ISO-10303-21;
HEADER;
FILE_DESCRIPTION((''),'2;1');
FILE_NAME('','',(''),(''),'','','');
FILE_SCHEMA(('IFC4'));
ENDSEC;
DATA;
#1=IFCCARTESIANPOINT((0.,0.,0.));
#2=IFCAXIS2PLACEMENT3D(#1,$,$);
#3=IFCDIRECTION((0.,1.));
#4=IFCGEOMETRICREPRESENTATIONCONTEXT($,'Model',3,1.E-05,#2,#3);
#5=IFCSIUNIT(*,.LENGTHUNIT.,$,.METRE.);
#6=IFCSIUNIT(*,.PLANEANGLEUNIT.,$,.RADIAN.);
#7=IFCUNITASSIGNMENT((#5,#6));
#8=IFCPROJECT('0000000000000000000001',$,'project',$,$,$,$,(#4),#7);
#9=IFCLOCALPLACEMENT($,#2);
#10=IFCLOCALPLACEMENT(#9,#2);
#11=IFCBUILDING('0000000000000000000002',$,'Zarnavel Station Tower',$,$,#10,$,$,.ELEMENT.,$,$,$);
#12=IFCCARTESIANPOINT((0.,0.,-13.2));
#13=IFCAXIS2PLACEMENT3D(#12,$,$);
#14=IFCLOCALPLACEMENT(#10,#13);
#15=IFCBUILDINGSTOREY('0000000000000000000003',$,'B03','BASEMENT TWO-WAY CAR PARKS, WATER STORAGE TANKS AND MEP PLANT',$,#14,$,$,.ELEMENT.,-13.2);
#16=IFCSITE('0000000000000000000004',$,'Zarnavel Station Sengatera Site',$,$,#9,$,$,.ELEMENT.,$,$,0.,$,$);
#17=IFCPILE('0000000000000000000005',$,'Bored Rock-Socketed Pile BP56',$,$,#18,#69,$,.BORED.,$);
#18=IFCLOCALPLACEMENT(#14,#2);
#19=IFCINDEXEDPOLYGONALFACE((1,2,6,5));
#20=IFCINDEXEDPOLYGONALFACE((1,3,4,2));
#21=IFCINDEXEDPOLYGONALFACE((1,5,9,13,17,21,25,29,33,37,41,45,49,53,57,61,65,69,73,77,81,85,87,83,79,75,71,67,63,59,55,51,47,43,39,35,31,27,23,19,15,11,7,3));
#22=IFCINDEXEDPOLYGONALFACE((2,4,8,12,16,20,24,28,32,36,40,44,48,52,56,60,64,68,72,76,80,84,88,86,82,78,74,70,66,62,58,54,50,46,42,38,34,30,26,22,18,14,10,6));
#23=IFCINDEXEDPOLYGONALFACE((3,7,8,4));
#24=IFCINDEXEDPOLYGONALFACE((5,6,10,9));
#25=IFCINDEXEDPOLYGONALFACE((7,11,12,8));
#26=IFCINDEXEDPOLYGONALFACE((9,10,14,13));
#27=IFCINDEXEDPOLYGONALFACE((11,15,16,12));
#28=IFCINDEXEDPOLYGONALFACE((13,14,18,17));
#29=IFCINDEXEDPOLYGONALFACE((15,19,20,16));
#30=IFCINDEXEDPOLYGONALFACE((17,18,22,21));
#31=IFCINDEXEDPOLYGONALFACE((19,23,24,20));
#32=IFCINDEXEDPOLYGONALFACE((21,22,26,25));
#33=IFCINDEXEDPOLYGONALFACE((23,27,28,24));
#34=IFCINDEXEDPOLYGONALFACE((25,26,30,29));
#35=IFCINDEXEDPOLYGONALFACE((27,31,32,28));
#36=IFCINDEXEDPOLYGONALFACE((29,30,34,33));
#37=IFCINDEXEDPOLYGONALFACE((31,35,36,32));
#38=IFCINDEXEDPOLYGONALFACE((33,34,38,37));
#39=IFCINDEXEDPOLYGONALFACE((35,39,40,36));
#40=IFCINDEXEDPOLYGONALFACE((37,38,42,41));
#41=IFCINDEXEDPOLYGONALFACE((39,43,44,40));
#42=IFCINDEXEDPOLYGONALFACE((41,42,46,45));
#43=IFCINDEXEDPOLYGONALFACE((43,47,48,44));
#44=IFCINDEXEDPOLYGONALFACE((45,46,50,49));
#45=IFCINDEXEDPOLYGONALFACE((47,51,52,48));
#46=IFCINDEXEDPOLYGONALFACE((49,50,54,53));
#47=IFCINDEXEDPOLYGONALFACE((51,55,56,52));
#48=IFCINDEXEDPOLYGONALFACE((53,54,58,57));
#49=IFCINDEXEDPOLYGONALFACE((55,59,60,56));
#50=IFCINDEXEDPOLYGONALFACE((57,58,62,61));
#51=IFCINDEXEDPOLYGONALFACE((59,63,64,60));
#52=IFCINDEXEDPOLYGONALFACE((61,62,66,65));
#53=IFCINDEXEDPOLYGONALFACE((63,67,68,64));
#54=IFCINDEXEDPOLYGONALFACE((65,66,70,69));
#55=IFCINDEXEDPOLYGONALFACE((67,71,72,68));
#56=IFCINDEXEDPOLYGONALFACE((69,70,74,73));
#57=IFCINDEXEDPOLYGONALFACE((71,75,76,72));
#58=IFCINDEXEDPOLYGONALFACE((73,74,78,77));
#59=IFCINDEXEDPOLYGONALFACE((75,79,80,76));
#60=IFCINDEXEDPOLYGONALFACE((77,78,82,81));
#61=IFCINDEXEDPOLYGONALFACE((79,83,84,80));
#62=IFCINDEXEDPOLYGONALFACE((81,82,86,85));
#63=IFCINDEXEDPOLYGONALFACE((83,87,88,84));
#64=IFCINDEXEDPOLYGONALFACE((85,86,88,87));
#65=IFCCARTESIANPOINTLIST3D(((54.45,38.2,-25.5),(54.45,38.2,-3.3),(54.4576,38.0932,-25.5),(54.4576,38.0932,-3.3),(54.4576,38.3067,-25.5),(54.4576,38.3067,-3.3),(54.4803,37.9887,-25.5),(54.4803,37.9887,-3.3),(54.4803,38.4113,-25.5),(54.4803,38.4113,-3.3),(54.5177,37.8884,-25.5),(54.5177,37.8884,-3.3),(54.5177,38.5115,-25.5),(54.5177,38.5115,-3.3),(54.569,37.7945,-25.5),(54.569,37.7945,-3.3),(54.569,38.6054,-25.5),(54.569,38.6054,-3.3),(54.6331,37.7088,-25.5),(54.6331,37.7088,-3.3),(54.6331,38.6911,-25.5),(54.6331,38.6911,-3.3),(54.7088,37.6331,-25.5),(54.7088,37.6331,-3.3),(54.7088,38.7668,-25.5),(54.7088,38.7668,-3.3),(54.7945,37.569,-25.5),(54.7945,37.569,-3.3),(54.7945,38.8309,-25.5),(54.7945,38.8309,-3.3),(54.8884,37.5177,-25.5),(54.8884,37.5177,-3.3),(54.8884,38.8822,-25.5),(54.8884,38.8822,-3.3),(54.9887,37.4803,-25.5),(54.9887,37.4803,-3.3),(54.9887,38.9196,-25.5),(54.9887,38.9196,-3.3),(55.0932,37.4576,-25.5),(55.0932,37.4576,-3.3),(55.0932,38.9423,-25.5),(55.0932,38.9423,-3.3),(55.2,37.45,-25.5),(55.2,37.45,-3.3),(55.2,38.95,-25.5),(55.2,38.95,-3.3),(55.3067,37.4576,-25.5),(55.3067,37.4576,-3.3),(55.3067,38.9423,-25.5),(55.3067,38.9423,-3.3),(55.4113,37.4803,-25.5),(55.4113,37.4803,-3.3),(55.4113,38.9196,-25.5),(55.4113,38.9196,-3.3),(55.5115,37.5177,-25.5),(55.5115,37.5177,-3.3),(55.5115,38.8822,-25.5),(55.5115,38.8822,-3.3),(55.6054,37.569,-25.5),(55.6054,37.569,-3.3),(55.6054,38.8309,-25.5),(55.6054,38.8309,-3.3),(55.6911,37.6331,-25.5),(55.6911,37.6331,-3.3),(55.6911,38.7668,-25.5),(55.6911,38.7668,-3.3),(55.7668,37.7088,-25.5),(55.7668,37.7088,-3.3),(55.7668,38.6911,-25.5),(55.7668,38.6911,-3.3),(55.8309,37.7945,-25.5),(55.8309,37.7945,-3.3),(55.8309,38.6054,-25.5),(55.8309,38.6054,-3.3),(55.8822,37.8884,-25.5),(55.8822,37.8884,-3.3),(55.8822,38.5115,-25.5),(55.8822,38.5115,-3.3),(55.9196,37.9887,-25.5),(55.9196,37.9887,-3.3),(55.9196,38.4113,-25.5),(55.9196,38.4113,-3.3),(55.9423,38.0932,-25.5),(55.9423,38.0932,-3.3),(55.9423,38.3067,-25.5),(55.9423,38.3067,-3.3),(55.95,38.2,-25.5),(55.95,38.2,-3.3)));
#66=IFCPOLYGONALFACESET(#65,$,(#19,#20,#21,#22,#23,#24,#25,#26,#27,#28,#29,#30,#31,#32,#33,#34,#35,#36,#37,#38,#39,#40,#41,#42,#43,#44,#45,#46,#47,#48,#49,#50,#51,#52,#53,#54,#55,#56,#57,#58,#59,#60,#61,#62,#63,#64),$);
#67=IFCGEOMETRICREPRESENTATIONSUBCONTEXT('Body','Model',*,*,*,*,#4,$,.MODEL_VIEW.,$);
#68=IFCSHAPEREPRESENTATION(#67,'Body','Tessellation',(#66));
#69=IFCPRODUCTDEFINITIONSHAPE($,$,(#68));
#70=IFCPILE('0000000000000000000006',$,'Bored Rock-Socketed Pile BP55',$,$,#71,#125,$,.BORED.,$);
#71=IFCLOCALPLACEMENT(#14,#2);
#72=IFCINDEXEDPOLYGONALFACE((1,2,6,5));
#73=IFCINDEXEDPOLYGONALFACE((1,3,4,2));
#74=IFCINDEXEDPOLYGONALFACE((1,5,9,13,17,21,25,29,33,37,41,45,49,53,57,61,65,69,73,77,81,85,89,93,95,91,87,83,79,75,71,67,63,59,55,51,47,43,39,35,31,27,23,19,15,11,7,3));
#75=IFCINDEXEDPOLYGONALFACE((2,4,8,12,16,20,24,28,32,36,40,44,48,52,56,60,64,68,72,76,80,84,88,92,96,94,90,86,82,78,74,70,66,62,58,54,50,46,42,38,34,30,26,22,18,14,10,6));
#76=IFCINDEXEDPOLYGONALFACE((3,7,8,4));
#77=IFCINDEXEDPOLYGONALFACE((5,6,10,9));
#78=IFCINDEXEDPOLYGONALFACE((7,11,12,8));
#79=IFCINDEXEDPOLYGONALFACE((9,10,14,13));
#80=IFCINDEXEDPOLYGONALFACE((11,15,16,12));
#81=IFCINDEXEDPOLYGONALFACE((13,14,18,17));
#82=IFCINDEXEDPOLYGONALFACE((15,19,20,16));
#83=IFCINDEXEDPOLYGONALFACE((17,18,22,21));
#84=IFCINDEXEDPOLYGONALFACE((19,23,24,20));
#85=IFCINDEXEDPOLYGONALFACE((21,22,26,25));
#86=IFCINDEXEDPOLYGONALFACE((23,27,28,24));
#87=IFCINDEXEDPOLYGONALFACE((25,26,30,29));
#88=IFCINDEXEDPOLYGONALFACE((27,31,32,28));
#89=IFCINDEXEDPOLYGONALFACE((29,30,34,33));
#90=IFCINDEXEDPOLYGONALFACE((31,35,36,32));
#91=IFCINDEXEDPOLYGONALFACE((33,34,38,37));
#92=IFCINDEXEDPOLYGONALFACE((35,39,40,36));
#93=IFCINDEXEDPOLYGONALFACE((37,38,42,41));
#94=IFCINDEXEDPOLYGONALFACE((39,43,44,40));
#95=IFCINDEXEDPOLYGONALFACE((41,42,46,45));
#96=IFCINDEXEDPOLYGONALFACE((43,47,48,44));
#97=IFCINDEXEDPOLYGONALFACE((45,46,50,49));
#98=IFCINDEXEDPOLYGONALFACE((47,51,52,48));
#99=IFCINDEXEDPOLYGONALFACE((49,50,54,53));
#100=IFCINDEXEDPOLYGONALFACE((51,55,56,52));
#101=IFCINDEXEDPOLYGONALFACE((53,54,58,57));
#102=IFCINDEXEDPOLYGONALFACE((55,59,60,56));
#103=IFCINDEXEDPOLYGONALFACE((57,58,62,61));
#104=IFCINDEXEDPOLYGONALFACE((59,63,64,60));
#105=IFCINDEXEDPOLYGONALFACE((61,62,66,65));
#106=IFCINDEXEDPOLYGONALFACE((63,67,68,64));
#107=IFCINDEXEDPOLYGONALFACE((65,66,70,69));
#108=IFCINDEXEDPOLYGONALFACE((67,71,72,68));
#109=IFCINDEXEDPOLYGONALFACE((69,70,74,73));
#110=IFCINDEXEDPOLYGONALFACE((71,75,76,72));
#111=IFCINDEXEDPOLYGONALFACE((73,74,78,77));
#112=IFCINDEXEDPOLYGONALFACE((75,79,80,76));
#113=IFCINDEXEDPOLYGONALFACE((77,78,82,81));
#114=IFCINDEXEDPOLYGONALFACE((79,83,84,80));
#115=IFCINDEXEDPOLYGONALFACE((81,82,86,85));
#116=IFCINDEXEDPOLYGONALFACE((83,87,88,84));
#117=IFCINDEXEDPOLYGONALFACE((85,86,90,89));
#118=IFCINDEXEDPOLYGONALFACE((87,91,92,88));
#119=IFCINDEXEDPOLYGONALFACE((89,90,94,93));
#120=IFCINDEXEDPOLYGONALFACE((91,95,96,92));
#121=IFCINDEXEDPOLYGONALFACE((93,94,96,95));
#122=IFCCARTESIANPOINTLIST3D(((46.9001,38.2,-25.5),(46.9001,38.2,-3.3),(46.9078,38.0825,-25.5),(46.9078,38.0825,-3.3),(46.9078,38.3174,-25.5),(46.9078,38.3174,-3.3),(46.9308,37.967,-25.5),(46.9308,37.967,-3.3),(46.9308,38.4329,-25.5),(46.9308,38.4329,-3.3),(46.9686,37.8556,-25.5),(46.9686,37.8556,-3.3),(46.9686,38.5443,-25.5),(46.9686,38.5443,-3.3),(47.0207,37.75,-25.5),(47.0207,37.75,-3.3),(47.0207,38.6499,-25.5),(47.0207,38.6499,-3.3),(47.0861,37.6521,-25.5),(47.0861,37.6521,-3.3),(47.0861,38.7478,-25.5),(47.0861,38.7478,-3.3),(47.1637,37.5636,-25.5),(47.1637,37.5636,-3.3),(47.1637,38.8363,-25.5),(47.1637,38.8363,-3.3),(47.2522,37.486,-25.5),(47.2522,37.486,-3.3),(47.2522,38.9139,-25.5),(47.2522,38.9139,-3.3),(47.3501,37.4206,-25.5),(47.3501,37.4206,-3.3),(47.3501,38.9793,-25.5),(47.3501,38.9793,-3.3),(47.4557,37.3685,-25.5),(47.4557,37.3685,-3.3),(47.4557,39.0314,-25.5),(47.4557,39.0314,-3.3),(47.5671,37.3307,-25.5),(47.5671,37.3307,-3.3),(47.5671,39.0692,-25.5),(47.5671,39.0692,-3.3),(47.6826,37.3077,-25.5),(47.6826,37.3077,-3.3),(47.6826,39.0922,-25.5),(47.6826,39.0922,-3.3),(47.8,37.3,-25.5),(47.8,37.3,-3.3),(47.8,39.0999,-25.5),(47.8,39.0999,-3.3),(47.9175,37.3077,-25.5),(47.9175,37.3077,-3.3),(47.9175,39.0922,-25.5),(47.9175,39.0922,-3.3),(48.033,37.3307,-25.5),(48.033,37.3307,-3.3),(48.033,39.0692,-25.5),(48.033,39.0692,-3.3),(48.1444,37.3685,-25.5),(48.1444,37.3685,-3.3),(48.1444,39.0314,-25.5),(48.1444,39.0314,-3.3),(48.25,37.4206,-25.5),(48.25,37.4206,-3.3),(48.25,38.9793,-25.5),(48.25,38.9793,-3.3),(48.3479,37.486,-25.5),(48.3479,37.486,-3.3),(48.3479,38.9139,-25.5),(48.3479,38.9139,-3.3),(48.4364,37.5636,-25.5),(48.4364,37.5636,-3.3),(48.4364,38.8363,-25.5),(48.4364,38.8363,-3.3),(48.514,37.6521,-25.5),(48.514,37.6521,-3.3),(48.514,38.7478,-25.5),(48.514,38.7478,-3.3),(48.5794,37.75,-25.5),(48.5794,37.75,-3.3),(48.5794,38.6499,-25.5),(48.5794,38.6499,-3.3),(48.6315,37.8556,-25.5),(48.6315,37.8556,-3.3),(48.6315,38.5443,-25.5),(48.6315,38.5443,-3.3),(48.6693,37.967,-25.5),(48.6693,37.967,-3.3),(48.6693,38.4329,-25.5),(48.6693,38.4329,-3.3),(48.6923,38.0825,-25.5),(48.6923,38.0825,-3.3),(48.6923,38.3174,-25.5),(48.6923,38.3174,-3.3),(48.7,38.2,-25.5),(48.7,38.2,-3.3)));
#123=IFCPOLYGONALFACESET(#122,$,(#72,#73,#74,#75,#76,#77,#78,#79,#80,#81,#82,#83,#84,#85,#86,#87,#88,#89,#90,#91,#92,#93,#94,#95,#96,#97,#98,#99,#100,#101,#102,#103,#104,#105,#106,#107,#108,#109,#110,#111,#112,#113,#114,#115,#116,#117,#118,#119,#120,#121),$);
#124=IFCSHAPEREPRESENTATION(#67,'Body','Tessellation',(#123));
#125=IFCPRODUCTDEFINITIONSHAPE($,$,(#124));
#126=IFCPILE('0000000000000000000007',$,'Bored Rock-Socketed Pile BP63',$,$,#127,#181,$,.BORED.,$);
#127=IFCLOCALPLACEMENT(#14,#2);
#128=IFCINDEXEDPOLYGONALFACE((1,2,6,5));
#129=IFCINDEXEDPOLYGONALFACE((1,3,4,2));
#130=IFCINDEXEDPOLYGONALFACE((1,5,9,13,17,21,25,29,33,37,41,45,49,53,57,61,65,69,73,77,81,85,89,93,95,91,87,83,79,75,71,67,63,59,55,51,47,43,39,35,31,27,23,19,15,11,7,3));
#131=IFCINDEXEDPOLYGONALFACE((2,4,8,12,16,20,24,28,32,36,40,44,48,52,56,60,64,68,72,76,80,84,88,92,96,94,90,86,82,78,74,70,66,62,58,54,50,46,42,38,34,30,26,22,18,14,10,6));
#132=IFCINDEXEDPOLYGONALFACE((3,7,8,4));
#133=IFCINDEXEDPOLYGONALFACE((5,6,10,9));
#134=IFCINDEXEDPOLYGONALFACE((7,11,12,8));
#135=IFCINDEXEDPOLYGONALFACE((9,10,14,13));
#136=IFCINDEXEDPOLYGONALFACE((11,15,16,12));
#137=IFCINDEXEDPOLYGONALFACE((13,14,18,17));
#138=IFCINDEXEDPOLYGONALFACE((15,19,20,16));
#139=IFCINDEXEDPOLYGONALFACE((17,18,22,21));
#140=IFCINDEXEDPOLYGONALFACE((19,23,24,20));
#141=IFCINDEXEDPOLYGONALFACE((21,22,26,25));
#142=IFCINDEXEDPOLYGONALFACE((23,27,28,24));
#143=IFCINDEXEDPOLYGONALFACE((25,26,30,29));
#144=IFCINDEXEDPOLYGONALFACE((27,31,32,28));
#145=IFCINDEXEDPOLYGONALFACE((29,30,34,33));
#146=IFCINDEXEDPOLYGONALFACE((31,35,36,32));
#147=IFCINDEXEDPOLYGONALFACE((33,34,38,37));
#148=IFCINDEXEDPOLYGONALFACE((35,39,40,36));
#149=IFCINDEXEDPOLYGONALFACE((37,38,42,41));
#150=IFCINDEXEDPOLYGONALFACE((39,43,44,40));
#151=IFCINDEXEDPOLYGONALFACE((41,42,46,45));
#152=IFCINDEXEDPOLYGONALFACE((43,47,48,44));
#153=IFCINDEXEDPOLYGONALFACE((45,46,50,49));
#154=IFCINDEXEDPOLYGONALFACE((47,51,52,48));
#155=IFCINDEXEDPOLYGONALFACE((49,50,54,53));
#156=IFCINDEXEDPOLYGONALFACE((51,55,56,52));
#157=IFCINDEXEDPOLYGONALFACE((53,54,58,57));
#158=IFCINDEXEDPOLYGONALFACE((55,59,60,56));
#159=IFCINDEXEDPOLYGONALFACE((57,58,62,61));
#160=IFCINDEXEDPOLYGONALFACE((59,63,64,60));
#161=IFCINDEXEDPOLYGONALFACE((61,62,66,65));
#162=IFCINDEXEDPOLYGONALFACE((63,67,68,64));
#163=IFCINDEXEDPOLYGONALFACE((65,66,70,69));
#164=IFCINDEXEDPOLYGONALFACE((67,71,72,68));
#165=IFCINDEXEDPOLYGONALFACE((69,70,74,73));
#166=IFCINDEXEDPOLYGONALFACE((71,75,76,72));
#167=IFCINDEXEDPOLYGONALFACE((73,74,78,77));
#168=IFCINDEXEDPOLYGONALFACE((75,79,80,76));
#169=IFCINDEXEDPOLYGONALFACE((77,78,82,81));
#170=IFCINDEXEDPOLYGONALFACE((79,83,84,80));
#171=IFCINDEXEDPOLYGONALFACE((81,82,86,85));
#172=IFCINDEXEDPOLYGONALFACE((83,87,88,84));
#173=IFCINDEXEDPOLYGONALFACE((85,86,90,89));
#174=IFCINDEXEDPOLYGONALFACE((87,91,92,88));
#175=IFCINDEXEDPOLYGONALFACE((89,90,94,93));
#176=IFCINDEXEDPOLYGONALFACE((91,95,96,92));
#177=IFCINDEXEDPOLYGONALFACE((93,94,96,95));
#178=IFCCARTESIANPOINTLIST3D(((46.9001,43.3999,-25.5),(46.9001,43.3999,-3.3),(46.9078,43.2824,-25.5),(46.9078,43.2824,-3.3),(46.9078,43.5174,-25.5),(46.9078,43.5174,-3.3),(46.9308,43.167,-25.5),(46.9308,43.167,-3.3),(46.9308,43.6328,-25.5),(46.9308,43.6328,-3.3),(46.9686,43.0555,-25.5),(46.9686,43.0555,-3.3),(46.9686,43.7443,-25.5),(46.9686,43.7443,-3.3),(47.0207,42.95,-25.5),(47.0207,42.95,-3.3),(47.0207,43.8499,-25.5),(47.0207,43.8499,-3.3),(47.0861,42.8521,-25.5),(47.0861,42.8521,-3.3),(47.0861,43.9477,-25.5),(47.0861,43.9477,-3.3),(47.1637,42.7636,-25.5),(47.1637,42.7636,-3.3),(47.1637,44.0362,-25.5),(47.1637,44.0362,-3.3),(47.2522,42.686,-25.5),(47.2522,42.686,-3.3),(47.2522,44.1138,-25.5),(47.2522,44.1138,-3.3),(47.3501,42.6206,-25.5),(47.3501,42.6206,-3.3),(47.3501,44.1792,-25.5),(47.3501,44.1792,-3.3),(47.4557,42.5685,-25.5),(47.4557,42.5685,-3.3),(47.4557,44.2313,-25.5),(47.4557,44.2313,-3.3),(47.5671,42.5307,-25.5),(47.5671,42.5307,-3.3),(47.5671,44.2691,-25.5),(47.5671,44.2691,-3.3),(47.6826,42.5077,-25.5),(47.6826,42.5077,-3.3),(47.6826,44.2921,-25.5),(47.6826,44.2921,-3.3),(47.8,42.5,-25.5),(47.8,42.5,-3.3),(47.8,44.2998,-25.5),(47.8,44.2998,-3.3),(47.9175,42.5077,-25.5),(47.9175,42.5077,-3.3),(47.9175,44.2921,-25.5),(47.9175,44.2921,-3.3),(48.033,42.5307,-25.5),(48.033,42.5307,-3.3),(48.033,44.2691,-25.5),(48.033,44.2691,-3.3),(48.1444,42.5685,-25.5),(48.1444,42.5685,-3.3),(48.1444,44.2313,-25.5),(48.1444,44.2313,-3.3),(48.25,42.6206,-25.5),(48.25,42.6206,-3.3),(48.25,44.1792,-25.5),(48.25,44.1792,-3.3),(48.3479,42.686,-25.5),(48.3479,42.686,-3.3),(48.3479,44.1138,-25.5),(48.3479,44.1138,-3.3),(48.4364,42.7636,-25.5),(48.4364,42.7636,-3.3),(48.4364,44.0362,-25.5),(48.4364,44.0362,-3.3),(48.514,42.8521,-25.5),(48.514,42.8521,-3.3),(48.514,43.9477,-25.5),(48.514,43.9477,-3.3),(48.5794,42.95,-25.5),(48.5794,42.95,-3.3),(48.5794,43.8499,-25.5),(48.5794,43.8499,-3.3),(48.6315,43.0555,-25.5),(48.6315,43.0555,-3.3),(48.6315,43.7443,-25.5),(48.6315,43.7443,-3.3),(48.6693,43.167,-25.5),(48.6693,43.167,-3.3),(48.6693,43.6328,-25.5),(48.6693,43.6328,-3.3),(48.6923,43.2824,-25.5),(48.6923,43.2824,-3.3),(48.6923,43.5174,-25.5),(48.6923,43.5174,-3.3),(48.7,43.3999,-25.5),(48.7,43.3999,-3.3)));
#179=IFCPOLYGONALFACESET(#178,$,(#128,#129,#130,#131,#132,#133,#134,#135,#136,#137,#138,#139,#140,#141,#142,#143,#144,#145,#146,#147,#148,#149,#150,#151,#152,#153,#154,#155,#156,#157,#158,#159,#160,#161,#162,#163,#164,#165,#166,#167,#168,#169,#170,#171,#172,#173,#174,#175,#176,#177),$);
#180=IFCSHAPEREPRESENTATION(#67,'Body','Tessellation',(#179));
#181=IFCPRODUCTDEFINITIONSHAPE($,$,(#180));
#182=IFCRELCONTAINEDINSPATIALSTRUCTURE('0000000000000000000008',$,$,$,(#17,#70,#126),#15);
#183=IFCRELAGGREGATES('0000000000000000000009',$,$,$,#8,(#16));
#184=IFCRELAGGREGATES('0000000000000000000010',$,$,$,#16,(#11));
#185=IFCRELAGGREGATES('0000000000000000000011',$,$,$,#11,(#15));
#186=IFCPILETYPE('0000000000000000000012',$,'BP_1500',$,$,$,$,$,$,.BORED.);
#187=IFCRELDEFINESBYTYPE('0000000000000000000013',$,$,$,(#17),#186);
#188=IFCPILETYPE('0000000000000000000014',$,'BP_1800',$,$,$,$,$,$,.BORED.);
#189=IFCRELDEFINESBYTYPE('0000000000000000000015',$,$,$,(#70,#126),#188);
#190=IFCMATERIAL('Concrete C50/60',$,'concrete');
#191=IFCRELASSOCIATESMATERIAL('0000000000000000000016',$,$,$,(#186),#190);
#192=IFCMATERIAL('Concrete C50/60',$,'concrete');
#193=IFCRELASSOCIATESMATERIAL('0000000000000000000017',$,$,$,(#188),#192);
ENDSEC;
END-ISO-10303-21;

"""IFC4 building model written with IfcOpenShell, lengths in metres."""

from ifc_helpers import new_model, si_unit, direction, frame, origin, origin_2d, place, context, subcontext, project, spatial, circle, extrude, material, material_profile, profile_set, type_object, element, save


model = new_model("IFC4")

# Units and contexts
model_context = context("Model", 3, precision=1e-05, world=origin(), true_north=direction((0.0, 1.0)))
body_context = subcontext(model_context, "Body", "Model", "MODEL_VIEW")
ifc_project = project(units=[si_unit("LENGTHUNIT", "METRE"), si_unit("PLANEANGLEUNIT", "RADIAN")], contexts=[model_context])

# Site, building, storey
site_placement = place(None, origin())
site = spatial("IfcSite", under=ifc_project, at=site_placement, Name="Zarnavel Station Sengatera Site", CompositionType="ELEMENT", RefElevation=0.0)
building_placement = place(site_placement, origin())
building = spatial("IfcBuilding", under=site, at=building_placement, Name="Zarnavel Station Tower", CompositionType="ELEMENT")
storey_placement = place(building_placement, frame((0.0, 0.0, -13.2)))
storey = spatial("IfcBuildingStorey", under=building, at=storey_placement, Name="B03", Description="BASEMENT TWO-WAY CAR PARKS, WATER STORAGE TANKS AND MEP PLANT", CompositionType="ELEMENT", Elevation=-13.2)

# Piles
ifc_material_1 = material(Name="Concrete C50/60", Category="concrete")
ifc_material_profile_1 = material_profile(ifc_material_1, circle(Radius=0.75, at=origin_2d()), Name="PILE1500")
ifc_profile_set_1 = profile_set([ifc_material_profile_1], Name="Concrete C50/60")
pile_type_1 = type_object("IfcPileType", Name="BP_1500", PredefinedType="BORED", material=ifc_profile_set_1)
pile_placement = place(storey_placement, frame((55.2, 38.2, -3.3), z_axis=(0.0, 0.0, -1.0), x_axis=(1.0, 0.0, 0.0)))
element("IfcPile", 1, at=pile_placement, inside=storey, type_object=pile_type_1, Name="Bored Rock-Socketed Pile BP56", PredefinedType="BORED", context=body_context, shape_type="SweptSolid", body=[
    extrude(circle(Radius=0.75, at=origin_2d()), origin(), (0.0, 0.0, 1.0), 22.2),
])
ifc_material_2 = material(Name="Concrete C50/60", Category="concrete")
ifc_material_profile_2 = material_profile(ifc_material_2, circle(Radius=0.8999, at=origin_2d()), Name="PILE1800")
ifc_profile_set_2 = profile_set([ifc_material_profile_2], Name="Concrete C50/60")
pile_type_2 = type_object("IfcPileType", Name="BP_1800", PredefinedType="BORED", material=ifc_profile_set_2)
for number, where, z_axis, x_axis, name in (
    (2, (47.8, 38.2, -3.3), (0.0, 0.0, -1.0), (1.0, 0.0, 0.0), "Bored Rock-Socketed Pile BP55"),
    (3, (47.8, 43.3999, -3.3), (0.0, 0.0, -1.0), (1.0, 0.0, 0.0), "Bored Rock-Socketed Pile BP63"),
):
    element("IfcPile", number, at=place(storey_placement, frame(where, z_axis=z_axis, x_axis=x_axis)), inside=storey, type_object=pile_type_2, Name=name, PredefinedType="BORED", context=body_context, shape_type="SweptSolid", body=[
        extrude(circle(Radius=0.8999, at=origin_2d()), origin(), (0.0, 0.0, 1.0), 22.2),
    ])

save(model, "model.ifc")
